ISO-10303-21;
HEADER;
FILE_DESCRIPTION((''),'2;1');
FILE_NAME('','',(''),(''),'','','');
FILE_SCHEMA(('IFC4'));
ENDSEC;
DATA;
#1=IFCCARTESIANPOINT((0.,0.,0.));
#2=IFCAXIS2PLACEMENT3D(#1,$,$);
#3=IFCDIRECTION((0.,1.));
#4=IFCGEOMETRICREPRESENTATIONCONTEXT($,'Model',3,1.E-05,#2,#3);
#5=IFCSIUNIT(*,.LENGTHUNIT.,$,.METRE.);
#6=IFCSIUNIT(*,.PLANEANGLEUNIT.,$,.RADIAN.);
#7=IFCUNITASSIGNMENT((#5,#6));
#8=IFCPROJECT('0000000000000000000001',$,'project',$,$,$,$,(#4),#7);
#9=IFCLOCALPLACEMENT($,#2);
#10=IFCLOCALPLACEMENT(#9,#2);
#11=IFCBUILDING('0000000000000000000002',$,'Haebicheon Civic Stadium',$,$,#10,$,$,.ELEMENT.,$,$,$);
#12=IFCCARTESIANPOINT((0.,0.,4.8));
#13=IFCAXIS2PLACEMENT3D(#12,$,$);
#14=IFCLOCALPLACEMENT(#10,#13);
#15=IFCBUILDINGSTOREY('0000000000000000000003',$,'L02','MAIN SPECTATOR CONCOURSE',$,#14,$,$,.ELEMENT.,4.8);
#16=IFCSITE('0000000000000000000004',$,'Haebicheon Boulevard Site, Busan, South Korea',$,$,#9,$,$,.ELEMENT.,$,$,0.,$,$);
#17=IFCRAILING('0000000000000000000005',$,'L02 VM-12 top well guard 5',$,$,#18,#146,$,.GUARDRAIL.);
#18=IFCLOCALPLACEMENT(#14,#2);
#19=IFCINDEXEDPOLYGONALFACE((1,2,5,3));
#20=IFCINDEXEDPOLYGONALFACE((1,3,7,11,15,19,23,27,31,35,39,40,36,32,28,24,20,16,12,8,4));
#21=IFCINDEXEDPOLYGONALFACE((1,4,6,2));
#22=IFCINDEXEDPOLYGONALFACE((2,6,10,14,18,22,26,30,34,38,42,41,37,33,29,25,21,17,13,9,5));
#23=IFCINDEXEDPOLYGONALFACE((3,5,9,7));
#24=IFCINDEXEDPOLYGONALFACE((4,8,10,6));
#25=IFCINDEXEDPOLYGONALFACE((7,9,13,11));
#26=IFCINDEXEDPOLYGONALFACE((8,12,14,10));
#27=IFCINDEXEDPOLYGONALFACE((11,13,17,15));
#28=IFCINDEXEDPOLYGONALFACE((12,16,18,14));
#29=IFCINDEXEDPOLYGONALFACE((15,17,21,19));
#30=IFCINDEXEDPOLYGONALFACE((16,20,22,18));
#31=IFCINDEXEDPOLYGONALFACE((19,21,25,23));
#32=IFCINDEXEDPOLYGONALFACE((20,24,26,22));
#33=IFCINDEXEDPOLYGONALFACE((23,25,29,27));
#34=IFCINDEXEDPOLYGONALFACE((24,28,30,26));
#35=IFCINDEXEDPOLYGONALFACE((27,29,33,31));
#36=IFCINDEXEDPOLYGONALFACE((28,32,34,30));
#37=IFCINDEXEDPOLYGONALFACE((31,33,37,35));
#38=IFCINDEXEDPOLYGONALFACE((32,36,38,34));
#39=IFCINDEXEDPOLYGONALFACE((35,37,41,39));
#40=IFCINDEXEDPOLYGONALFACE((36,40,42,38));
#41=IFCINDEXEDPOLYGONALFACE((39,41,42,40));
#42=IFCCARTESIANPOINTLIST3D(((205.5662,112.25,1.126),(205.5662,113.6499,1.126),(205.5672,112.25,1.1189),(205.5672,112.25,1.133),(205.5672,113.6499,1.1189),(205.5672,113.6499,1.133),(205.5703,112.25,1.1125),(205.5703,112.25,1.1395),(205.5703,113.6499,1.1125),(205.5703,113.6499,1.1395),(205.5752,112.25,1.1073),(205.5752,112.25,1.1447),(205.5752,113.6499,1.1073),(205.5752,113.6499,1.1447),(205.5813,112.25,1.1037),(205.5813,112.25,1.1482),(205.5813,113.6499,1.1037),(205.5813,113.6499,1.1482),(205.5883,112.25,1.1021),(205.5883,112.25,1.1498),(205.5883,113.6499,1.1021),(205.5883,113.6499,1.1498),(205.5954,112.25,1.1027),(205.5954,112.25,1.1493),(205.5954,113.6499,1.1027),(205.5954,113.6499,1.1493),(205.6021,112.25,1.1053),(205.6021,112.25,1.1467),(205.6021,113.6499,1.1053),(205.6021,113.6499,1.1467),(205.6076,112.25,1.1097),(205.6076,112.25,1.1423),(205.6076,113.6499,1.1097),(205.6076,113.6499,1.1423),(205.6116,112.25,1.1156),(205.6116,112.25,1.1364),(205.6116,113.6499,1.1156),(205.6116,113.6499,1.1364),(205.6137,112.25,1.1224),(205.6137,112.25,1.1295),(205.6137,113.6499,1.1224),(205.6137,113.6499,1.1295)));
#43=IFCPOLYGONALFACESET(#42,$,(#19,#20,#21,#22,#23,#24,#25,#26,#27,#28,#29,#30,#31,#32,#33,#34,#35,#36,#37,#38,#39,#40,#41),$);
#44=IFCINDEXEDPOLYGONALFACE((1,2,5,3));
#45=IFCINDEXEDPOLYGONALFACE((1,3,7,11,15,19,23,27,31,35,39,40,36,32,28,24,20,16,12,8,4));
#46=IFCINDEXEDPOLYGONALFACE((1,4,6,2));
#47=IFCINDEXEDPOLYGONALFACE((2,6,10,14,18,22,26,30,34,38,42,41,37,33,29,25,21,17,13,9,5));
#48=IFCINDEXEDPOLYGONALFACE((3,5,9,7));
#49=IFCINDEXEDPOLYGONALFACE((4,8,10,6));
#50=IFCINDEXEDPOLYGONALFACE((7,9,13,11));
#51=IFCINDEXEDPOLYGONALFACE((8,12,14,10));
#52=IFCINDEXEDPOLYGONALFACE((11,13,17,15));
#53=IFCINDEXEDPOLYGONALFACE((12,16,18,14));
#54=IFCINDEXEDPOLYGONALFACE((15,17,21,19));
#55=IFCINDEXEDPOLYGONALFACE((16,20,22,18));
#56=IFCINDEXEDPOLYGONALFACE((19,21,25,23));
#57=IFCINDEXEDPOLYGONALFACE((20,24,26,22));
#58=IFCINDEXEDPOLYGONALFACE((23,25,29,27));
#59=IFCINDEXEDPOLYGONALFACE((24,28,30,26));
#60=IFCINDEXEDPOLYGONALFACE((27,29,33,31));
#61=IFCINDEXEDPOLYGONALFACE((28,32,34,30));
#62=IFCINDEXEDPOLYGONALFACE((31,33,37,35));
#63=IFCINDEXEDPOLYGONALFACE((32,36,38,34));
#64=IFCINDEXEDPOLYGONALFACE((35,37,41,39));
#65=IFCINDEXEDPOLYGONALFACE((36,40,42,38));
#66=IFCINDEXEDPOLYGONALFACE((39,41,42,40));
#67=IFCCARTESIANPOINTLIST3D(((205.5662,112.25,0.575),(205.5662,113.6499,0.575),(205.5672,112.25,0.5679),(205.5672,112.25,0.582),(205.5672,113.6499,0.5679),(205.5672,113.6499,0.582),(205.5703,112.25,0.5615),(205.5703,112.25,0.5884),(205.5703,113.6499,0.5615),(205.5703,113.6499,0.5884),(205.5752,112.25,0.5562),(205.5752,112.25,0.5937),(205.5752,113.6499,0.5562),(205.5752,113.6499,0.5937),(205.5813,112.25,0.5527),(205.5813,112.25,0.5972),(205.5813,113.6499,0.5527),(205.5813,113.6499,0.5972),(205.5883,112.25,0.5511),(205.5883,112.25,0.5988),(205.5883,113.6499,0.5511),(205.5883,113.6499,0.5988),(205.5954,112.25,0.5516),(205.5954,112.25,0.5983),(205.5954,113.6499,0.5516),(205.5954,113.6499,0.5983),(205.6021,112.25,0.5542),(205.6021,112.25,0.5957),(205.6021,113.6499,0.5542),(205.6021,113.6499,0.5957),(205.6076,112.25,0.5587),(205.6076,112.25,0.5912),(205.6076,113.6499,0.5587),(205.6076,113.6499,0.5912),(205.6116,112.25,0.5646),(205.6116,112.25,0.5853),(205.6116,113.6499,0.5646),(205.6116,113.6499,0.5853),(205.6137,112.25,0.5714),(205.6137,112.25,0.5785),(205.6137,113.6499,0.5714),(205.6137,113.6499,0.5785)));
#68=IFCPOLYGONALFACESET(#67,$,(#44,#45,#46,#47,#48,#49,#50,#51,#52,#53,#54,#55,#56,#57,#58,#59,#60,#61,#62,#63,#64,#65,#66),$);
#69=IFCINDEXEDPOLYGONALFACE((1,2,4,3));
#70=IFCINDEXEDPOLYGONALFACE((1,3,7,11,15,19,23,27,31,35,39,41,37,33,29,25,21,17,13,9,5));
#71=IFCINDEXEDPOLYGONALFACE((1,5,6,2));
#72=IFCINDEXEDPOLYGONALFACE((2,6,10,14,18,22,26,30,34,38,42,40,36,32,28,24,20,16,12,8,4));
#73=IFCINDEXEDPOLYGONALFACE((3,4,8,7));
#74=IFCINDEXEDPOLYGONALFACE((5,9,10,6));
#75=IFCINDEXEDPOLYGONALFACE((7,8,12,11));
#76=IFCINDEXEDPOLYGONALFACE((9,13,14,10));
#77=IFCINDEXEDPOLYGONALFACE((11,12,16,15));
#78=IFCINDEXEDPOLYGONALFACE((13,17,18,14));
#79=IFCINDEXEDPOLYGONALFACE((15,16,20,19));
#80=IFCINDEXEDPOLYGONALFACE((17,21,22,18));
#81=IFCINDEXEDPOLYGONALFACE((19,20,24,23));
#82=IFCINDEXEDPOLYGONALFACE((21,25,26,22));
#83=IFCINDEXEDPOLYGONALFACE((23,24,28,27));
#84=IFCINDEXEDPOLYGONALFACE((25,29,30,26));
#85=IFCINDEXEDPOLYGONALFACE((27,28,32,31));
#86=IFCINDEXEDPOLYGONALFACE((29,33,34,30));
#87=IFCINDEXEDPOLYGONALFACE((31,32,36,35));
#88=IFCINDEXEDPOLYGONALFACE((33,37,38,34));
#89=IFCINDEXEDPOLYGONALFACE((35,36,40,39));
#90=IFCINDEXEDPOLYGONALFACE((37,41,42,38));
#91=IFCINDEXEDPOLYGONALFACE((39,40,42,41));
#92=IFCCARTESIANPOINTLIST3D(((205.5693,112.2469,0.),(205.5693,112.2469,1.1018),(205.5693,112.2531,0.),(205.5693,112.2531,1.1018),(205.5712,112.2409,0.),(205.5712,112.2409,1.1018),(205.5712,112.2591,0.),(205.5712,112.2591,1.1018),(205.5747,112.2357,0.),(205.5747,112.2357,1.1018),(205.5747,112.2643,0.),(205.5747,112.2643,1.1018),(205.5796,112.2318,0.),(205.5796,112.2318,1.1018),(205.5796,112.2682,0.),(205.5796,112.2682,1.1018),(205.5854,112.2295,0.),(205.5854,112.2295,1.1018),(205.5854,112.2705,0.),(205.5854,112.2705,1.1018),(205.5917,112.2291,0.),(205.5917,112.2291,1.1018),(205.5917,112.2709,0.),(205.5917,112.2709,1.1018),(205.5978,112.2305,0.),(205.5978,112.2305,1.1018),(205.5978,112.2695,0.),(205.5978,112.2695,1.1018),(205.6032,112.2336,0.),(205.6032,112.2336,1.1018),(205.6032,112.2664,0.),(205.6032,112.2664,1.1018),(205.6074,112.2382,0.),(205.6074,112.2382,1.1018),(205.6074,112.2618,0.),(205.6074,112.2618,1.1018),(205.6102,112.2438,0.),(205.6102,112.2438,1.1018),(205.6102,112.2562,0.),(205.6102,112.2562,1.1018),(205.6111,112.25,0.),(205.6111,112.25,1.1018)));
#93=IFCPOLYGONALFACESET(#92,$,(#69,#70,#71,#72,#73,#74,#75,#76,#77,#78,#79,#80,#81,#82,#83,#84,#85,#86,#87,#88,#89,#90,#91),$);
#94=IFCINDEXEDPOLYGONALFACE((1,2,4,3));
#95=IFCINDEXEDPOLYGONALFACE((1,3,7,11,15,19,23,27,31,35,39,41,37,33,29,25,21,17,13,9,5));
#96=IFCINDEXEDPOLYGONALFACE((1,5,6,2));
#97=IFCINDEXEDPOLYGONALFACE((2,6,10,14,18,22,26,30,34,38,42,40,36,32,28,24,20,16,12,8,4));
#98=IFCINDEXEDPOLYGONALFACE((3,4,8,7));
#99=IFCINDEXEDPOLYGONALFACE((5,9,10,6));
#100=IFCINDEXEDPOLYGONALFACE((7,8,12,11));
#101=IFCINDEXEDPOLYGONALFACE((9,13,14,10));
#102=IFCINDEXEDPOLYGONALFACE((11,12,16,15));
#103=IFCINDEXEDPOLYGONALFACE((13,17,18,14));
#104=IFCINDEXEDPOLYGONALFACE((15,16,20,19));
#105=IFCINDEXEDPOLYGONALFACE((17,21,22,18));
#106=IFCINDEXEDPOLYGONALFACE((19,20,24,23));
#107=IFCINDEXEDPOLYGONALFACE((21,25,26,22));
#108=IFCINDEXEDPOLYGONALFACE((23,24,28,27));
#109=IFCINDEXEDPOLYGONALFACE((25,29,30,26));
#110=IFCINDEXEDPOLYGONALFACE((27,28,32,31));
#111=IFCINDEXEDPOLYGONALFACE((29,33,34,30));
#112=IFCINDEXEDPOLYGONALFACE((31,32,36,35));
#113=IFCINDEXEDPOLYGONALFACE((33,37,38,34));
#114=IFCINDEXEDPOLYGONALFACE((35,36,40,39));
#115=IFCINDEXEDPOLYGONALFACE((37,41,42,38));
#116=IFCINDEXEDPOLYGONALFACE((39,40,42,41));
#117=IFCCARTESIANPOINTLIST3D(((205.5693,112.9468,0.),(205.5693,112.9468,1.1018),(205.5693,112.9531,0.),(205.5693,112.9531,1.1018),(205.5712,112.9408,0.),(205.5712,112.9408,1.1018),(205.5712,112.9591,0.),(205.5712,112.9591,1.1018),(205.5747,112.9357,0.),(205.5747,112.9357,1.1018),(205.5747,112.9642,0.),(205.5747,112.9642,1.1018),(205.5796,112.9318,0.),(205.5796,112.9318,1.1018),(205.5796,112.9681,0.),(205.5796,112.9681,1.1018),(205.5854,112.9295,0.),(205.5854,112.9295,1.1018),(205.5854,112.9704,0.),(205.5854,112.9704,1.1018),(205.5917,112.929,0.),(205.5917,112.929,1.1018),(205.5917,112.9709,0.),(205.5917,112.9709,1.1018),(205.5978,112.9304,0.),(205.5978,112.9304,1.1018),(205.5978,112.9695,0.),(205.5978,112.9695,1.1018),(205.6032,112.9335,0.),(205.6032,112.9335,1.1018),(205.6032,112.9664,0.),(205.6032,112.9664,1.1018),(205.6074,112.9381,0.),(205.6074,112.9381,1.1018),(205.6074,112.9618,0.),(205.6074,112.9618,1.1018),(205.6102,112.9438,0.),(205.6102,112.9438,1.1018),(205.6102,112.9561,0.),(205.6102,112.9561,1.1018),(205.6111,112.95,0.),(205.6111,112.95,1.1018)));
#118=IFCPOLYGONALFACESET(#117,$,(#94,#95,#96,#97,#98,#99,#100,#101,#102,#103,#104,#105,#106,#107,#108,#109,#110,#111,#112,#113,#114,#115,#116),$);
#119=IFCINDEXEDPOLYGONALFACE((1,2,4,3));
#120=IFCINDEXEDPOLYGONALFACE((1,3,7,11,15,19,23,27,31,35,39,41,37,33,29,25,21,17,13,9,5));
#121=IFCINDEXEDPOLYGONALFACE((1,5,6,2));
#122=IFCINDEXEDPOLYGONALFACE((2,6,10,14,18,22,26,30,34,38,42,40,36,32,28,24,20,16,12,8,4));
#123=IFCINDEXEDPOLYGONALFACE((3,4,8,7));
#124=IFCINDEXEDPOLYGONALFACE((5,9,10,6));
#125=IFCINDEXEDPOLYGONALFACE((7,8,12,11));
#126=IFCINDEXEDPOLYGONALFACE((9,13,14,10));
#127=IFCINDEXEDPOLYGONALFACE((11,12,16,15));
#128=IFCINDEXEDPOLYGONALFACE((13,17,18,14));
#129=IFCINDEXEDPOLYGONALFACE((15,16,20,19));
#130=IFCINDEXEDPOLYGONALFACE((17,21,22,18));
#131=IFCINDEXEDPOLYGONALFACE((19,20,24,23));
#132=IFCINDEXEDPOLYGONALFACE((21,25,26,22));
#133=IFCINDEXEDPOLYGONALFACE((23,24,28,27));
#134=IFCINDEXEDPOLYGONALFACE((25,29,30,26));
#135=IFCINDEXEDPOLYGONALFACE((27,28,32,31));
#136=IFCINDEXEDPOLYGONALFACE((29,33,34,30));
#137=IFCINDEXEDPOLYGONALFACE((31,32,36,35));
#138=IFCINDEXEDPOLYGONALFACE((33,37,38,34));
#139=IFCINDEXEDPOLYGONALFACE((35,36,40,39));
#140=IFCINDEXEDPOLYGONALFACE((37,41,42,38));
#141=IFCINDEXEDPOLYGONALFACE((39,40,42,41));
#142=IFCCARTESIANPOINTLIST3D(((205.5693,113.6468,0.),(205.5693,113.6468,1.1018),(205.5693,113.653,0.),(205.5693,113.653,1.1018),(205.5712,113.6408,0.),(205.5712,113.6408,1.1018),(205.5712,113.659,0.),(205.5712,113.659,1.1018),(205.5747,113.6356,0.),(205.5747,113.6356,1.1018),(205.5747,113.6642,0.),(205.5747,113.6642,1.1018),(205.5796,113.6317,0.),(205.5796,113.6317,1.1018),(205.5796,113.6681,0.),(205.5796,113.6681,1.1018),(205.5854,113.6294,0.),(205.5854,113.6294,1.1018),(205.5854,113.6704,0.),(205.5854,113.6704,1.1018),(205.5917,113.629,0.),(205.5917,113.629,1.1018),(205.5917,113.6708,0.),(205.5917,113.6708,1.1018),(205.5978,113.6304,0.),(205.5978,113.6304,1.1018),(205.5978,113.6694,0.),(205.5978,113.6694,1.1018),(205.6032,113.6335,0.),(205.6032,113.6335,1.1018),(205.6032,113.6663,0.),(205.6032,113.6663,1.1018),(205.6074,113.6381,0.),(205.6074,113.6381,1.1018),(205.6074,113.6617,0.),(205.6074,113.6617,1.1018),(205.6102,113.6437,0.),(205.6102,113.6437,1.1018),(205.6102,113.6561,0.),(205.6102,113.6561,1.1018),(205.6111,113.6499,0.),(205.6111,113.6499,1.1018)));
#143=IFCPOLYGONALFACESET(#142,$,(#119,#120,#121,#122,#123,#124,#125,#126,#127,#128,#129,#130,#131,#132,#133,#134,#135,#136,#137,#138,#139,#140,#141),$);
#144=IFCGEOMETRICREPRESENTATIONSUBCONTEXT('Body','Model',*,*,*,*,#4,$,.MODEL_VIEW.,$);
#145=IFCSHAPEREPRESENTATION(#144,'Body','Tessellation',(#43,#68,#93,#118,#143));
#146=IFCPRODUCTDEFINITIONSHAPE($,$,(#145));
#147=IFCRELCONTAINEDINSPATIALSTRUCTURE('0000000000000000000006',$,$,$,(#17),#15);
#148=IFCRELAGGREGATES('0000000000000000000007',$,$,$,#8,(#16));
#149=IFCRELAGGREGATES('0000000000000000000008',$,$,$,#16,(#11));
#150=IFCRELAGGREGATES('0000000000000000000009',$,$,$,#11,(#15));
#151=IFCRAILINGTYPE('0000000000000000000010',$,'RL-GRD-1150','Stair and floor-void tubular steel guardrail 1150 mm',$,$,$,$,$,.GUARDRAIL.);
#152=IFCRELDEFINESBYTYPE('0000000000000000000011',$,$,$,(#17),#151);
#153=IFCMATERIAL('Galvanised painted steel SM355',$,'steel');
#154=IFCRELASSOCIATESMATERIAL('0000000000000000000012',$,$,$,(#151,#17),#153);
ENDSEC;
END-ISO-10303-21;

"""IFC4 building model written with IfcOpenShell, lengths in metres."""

from ifc_helpers import new_model, si_unit, direction, frame, origin, origin_2d, place, context, subcontext, project, spatial, circle, extrude, material, type_object, element, save


model = new_model("IFC4")

# Units and contexts
model_context = context("Model", 3, precision=1e-05, world=origin(), true_north=direction((0.0, 1.0)))
body_context = subcontext(model_context, "Body", "Model", "MODEL_VIEW")
ifc_project = project(units=[si_unit("LENGTHUNIT", "METRE"), si_unit("PLANEANGLEUNIT", "RADIAN")], contexts=[model_context])

# Site, building, storey
site_placement = place(None, origin())
site = spatial("IfcSite", under=ifc_project, at=site_placement, Name="Haebicheon Boulevard Site, Busan, South Korea", CompositionType="ELEMENT", RefElevation=0.0)
building_placement = place(site_placement, origin())
building = spatial("IfcBuilding", under=site, at=building_placement, Name="Haebicheon Civic Stadium", CompositionType="ELEMENT")
storey_placement = place(building_placement, frame((0.0, 0.0, 4.8)))
storey = spatial("IfcBuildingStorey", under=building, at=storey_placement, Name="L02", Description="MAIN SPECTATOR CONCOURSE", CompositionType="ELEMENT", Elevation=4.8)

# Railing
ifc_material_1 = material(Name="Galvanised painted steel SM355", Category="steel")
railing_type_1 = type_object("IfcRailingType", Name="RL-GRD-1150", Description="Stair and floor-void tubular steel guardrail 1150 mm", PredefinedType="GUARDRAIL", material=ifc_material_1)
for number, where, name in (
    (1, (205.5901, 112.25, 0.0), "L02 VM-12 top well guard 5"),
):
    element("IfcRailing", number, at=place(storey_placement, frame(where)), inside=storey, type_object=railing_type_1, material=ifc_material_1, Name=name, PredefinedType="GUARDRAIL", context=body_context, shape_type="SweptSolid", body=[
        extrude(circle(Radius=0.0239, at=origin_2d()), frame((0.0, 0.0, 1.126), z_axis=(0.0, 1.0, 0.0), x_axis=(-1.0, 0.0, 0.0)), (0.0, 0.0, 1.0), 1.3999),
        extrude(circle(Radius=0.0239, at=origin_2d()), frame((0.0, 0.0, 0.575), z_axis=(0.0, 1.0, 0.0), x_axis=(-1.0, 0.0, 0.0)), (0.0, 0.0, 1.0), 1.3999),
        extrude(circle(Radius=0.021, at=origin_2d()), origin(), (0.0, 0.0, 1.0), 1.1018),
        extrude(circle(Radius=0.021, at=origin_2d()), frame((0.0, 0.7, 0.0)), (0.0, 0.0, 1.0), 1.1018),
        extrude(circle(Radius=0.021, at=origin_2d()), frame((0.0, 1.3999, 0.0)), (0.0, 0.0, 1.0), 1.1018),
    ])

save(model, "model.ifc")
